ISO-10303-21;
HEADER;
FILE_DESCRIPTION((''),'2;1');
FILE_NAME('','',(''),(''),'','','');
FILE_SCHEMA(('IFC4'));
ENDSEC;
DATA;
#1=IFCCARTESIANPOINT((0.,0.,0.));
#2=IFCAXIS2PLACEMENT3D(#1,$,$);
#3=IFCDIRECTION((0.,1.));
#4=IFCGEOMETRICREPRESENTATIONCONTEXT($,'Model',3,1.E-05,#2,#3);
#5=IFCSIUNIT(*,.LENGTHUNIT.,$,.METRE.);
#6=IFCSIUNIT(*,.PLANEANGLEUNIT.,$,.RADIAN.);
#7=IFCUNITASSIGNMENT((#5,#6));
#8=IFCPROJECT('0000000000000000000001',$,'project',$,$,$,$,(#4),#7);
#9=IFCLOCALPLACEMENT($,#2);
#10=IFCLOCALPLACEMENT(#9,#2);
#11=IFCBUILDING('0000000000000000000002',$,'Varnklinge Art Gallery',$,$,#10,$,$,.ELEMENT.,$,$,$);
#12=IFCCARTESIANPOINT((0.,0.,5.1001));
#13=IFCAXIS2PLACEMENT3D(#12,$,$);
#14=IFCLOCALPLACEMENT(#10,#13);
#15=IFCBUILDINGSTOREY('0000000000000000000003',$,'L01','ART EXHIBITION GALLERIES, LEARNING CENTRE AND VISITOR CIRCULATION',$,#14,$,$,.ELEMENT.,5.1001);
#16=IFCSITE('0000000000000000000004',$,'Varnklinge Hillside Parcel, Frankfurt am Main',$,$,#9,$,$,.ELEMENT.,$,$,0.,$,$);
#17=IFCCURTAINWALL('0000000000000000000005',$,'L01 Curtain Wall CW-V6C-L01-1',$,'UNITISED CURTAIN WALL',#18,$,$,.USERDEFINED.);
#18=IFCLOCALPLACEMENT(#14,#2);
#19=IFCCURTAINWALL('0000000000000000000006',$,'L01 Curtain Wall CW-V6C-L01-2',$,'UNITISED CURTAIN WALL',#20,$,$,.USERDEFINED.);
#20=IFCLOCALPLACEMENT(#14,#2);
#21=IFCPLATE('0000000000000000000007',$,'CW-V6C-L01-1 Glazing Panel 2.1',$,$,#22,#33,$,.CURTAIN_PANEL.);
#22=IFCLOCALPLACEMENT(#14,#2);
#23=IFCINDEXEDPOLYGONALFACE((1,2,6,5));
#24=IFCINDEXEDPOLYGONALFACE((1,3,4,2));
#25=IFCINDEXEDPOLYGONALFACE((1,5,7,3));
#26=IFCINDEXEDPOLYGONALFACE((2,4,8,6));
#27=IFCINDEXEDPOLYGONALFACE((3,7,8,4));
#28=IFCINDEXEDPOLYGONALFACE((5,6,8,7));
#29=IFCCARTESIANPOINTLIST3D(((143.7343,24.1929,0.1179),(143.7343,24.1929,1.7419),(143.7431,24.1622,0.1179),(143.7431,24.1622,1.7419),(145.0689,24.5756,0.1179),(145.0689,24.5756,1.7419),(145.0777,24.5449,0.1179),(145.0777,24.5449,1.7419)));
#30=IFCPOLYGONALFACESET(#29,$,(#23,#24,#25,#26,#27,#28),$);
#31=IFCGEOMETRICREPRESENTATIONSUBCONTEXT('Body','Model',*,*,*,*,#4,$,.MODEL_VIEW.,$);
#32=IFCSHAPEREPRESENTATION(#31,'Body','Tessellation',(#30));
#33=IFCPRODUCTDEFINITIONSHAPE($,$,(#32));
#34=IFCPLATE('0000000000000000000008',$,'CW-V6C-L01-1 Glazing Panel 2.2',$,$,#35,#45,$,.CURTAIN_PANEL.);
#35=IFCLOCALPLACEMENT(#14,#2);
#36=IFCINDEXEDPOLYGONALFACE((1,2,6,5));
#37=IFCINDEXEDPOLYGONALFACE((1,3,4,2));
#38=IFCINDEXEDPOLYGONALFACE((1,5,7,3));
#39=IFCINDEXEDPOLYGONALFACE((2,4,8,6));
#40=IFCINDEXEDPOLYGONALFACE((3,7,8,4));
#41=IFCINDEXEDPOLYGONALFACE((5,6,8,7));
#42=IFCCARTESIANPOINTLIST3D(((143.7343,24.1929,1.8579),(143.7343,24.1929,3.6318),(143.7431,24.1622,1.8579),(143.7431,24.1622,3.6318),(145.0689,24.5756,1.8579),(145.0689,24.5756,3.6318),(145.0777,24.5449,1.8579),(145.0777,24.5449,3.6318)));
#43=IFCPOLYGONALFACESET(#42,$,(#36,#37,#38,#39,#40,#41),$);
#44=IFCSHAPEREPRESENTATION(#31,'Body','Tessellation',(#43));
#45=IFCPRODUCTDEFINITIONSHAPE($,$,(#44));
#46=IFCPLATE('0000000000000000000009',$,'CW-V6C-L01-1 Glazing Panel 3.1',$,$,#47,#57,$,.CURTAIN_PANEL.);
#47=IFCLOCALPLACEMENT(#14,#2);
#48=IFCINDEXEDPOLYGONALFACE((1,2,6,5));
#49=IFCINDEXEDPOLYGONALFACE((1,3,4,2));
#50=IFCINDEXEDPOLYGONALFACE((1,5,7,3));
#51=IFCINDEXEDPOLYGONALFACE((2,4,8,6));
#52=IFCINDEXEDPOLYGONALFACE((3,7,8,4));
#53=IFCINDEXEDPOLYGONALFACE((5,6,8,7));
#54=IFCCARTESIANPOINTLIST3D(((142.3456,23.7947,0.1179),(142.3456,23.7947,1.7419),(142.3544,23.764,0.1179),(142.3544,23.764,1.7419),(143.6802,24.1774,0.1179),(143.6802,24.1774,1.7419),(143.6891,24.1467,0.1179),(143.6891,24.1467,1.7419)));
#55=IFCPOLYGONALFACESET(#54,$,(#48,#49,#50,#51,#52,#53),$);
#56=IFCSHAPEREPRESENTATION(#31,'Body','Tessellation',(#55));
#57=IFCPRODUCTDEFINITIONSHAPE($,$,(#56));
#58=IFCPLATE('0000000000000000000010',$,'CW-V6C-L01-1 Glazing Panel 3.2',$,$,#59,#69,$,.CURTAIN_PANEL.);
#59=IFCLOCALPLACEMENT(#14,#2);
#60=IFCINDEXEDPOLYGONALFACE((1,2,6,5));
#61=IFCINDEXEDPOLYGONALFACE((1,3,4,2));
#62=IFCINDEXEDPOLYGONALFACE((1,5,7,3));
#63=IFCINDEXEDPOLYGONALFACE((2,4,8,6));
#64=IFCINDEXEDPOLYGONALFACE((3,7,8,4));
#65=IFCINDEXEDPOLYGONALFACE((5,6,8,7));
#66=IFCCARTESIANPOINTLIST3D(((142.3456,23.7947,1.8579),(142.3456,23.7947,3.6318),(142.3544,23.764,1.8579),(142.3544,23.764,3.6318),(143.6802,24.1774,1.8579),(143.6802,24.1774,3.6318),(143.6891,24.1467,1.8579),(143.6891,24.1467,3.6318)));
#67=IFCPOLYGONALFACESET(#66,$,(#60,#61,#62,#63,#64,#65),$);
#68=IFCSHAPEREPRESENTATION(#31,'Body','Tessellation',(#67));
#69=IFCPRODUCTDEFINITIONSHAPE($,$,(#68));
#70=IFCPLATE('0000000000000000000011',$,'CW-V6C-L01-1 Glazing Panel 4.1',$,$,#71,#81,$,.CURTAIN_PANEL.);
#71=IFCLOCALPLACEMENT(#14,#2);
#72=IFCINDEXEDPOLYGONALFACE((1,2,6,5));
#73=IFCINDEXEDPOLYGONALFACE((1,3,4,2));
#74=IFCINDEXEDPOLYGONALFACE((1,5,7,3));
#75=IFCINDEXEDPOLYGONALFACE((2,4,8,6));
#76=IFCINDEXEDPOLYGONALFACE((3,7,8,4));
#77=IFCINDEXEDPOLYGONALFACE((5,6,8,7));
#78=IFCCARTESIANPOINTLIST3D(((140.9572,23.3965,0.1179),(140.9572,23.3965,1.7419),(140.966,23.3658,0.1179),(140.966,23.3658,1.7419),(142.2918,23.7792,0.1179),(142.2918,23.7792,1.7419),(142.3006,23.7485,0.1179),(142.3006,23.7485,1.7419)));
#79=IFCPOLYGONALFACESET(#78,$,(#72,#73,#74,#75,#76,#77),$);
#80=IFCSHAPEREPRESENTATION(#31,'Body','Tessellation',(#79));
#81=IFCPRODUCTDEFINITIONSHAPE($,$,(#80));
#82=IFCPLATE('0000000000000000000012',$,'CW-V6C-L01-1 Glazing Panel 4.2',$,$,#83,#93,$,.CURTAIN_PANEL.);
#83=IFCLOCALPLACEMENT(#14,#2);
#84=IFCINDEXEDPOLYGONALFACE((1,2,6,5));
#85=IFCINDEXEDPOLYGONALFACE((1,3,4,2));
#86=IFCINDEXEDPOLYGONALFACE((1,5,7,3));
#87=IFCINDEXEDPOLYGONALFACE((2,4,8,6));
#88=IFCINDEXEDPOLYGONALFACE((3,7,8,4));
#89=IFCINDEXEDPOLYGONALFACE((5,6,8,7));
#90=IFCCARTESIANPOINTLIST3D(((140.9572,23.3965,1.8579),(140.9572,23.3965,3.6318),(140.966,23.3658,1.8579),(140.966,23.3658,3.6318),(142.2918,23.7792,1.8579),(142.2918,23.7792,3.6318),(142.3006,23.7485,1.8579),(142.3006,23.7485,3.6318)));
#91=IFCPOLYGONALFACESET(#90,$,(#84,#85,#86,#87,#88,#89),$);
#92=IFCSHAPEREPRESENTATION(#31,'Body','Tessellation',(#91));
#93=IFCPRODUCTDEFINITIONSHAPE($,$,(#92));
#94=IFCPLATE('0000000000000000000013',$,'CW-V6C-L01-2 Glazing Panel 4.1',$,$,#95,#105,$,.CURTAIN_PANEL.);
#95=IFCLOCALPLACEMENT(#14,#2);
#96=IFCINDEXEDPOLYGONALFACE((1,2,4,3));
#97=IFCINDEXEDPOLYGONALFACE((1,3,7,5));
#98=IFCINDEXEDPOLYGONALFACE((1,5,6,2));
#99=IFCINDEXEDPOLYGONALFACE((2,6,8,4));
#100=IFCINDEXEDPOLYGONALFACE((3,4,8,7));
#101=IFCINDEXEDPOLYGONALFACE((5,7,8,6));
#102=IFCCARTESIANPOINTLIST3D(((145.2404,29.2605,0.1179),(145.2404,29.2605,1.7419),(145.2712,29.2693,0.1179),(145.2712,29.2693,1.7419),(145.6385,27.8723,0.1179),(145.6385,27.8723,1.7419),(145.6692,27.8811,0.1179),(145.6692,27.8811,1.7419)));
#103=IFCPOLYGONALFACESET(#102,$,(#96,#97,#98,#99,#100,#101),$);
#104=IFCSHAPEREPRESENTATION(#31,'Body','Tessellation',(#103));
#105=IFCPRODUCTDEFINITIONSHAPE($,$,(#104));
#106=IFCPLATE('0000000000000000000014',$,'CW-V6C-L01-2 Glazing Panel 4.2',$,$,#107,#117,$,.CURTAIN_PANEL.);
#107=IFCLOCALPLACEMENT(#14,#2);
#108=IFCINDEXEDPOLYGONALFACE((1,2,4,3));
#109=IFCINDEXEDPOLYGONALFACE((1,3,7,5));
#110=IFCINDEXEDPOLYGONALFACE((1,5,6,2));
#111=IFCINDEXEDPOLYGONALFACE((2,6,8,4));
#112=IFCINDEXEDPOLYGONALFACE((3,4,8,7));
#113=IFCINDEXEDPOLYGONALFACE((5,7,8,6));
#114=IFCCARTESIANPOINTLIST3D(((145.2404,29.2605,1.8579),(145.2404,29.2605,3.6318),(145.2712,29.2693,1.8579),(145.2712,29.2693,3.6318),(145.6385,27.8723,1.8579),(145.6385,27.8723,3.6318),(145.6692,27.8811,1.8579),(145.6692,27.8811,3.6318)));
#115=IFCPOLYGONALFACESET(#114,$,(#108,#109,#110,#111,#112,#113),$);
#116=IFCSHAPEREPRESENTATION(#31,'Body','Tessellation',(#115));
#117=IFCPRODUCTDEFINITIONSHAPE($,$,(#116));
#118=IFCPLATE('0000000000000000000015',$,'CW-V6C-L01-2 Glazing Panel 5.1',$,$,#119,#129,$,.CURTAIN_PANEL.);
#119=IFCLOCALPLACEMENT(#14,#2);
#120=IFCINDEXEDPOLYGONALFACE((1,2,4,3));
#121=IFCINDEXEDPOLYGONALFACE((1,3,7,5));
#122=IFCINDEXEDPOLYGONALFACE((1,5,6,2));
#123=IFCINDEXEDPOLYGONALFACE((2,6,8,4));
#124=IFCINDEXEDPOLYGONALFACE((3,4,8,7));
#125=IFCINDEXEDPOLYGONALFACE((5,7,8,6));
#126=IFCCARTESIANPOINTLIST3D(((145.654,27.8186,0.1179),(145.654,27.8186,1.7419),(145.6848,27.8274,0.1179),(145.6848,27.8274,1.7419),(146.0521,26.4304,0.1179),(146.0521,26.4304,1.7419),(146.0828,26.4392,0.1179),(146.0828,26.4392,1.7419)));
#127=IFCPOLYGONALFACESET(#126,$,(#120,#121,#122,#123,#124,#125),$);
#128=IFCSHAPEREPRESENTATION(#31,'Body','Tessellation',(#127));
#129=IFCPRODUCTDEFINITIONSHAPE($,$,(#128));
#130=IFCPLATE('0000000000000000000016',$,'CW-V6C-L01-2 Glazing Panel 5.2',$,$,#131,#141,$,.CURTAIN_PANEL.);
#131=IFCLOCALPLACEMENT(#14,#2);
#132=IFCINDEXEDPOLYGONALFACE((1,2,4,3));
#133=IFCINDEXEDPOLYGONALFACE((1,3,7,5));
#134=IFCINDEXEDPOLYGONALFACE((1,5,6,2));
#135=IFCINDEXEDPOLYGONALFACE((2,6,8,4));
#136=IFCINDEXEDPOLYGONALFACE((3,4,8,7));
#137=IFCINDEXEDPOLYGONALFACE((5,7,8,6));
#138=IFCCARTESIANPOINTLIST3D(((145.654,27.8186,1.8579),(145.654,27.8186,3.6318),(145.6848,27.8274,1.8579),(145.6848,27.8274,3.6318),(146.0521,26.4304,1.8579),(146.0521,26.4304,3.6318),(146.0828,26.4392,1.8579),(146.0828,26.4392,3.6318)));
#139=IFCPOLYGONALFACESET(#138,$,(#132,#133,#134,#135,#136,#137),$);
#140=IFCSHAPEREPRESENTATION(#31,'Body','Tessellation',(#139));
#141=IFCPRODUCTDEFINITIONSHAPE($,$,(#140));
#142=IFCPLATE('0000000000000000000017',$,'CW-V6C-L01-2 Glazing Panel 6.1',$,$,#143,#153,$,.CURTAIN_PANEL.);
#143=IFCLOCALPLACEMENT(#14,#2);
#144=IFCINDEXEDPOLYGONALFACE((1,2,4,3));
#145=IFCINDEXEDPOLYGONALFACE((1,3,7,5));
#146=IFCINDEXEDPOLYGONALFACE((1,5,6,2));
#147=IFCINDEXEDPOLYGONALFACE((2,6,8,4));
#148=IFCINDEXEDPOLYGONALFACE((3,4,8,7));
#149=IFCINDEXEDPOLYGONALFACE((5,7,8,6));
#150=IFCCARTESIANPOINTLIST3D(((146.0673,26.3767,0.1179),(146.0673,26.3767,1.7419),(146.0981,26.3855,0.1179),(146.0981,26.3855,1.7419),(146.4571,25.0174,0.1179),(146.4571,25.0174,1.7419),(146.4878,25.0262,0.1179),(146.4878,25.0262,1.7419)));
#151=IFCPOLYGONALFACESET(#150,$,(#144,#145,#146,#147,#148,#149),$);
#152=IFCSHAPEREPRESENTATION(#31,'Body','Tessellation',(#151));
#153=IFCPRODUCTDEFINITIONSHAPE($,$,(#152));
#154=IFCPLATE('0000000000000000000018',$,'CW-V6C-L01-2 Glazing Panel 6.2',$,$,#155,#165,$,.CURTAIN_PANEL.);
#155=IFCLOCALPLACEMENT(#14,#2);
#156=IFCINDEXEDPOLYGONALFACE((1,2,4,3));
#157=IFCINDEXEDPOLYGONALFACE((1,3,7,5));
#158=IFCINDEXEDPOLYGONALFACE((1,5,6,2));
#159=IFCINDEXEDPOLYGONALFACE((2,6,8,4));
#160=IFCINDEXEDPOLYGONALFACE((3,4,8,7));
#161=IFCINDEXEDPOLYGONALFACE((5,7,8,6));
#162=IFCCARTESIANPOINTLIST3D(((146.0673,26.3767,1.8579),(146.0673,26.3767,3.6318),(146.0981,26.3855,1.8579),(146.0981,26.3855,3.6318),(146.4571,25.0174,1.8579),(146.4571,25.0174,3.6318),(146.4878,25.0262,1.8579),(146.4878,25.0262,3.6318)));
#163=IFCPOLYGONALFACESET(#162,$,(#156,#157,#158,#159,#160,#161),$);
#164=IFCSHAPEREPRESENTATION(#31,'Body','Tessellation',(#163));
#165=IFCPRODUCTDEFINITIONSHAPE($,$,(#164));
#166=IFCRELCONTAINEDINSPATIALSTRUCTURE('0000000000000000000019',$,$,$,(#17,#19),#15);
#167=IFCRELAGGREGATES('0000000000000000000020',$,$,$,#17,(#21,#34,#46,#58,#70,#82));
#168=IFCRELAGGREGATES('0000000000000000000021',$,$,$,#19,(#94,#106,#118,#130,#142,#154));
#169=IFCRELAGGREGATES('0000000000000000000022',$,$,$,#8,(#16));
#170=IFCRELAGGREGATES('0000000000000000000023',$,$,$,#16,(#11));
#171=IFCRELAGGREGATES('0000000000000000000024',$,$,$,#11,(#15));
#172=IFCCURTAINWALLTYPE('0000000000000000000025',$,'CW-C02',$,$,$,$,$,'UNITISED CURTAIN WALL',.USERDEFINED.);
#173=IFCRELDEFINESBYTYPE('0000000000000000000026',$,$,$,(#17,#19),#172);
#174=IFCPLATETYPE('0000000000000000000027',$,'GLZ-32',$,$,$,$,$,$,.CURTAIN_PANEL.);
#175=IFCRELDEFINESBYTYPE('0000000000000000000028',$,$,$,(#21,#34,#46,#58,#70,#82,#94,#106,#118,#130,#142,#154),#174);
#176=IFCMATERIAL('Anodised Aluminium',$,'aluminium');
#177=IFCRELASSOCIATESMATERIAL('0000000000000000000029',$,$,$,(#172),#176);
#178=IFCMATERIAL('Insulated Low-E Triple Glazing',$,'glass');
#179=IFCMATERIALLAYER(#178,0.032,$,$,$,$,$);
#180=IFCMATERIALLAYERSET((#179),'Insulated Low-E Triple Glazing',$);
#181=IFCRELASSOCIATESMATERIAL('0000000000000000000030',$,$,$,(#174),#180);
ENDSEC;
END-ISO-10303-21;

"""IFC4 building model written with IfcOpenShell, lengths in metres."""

from ifc_helpers import new_model, si_unit, direction, frame, origin, origin_2d, place, context, subcontext, project, spatial, rectangle, extrude, material, layer, layer_set, type_object, element, aggregate, save


model = new_model("IFC4")

# Units and contexts
model_context = context("Model", 3, precision=1e-05, world=origin(), true_north=direction((0.0, 1.0)))
body_context = subcontext(model_context, "Body", "Model", "MODEL_VIEW")
ifc_project = project(units=[si_unit("LENGTHUNIT", "METRE"), si_unit("PLANEANGLEUNIT", "RADIAN")], contexts=[model_context])

# Site, building, storey
site_placement = place(None, origin())
site = spatial("IfcSite", under=ifc_project, at=site_placement, Name="Varnklinge Hillside Parcel, Frankfurt am Main", CompositionType="ELEMENT", RefElevation=0.0)
building_placement = place(site_placement, origin())
building = spatial("IfcBuilding", under=site, at=building_placement, Name="Varnklinge Art Gallery", CompositionType="ELEMENT")
storey_placement = place(building_placement, frame((0.0, 0.0, 5.1001)))
storey = spatial("IfcBuildingStorey", under=building, at=storey_placement, Name="L01", Description="ART EXHIBITION GALLERIES, LEARNING CENTRE AND VISITOR CIRCULATION", CompositionType="ELEMENT", Elevation=5.1001)

# Curtain walls
ifc_material_1 = material(Name="Anodised Aluminium", Category="aluminium")
curtain_wall_type = type_object("IfcCurtainWallType", Name="CW-C02", ElementType="UNITISED CURTAIN WALL", PredefinedType="USERDEFINED", material=ifc_material_1)
curtain_wall_1_placement = place(storey_placement, origin())
curtain_wall_1 = element("IfcCurtainWall", 1, at=curtain_wall_1_placement, inside=storey, type_object=curtain_wall_type, Name="L01 Curtain Wall CW-V6C-L01-1", ObjectType="UNITISED CURTAIN WALL", PredefinedType="USERDEFINED")
curtain_wall_2_placement = place(storey_placement, origin())
curtain_wall_2 = element("IfcCurtainWall", 2, at=curtain_wall_2_placement, inside=storey, type_object=curtain_wall_type, Name="L01 Curtain Wall CW-V6C-L01-2", ObjectType="UNITISED CURTAIN WALL", PredefinedType="USERDEFINED")

# Plates
ifc_material_2 = material(Name="Insulated Low-E Triple Glazing", Category="glass")
ifc_layer = layer(ifc_material_2, 0.032)
ifc_layer_set = layer_set([ifc_layer], Name="Insulated Low-E Triple Glazing")
plate_type = type_object("IfcPlateType", Name="GLZ-32", PredefinedType="CURTAIN_PANEL", material=ifc_layer_set)
plate_1_placement = place(storey_placement, frame((144.406, 24.3689, 0.1179), z_axis=(0.0, 0.0, 1.0), x_axis=(-0.961262, -0.275637, 0.0)))
plate_1 = element("IfcPlate", 3, at=plate_1_placement, type_object=plate_type, Name="CW-V6C-L01-1 Glazing Panel 2.1", PredefinedType="CURTAIN_PANEL", context=body_context, shape_type="SweptSolid", body=[
    extrude(rectangle(XDim=1.3884, YDim=0.032, at=origin_2d()), origin(), (0.0, 0.0, 1.0), 1.624),
])
plate_2_placement = place(storey_placement, frame((144.406, 24.3689, 1.8579), z_axis=(0.0, 0.0, 1.0), x_axis=(-0.961262, -0.275637, 0.0)))
plate_2 = element("IfcPlate", 4, at=plate_2_placement, type_object=plate_type, Name="CW-V6C-L01-1 Glazing Panel 2.2", PredefinedType="CURTAIN_PANEL", context=body_context, shape_type="SweptSolid", body=[
    extrude(rectangle(XDim=1.3884, YDim=0.032, at=origin_2d()), origin(), (0.0, 0.0, 1.0), 1.7739),
])
plate_3_placement = place(storey_placement, frame((143.0173, 23.9707, 0.1179), z_axis=(0.0, 0.0, 1.0), x_axis=(-0.961262, -0.275637, 0.0)))
plate_3 = element("IfcPlate", 5, at=plate_3_placement, type_object=plate_type, Name="CW-V6C-L01-1 Glazing Panel 3.1", PredefinedType="CURTAIN_PANEL", context=body_context, shape_type="SweptSolid", body=[
    extrude(rectangle(XDim=1.3884, YDim=0.032, at=origin_2d()), origin(), (0.0, 0.0, 1.0), 1.624),
])
plate_4_placement = place(storey_placement, frame((143.0173, 23.9707, 1.8579), z_axis=(0.0, 0.0, 1.0), x_axis=(-0.961262, -0.275637, 0.0)))
plate_4 = element("IfcPlate", 6, at=plate_4_placement, type_object=plate_type, Name="CW-V6C-L01-1 Glazing Panel 3.2", PredefinedType="CURTAIN_PANEL", context=body_context, shape_type="SweptSolid", body=[
    extrude(rectangle(XDim=1.3884, YDim=0.032, at=origin_2d()), origin(), (0.0, 0.0, 1.0), 1.7739),
])
plate_5_placement = place(storey_placement, frame((141.6289, 23.5725, 0.1179), z_axis=(0.0, 0.0, 1.0), x_axis=(-0.961262, -0.275637, 0.0)))
plate_5 = element("IfcPlate", 7, at=plate_5_placement, type_object=plate_type, Name="CW-V6C-L01-1 Glazing Panel 4.1", PredefinedType="CURTAIN_PANEL", context=body_context, shape_type="SweptSolid", body=[
    extrude(rectangle(XDim=1.3884, YDim=0.032, at=origin_2d()), origin(), (0.0, 0.0, 1.0), 1.624),
])
plate_6_placement = place(storey_placement, frame((141.6289, 23.5725, 1.8579), z_axis=(0.0, 0.0, 1.0), x_axis=(-0.961262, -0.275637, 0.0)))
plate_6 = element("IfcPlate", 8, at=plate_6_placement, type_object=plate_type, Name="CW-V6C-L01-1 Glazing Panel 4.2", PredefinedType="CURTAIN_PANEL", context=body_context, shape_type="SweptSolid", body=[
    extrude(rectangle(XDim=1.3884, YDim=0.032, at=origin_2d()), origin(), (0.0, 0.0, 1.0), 1.7739),
])
aggregate(curtain_wall_1, [plate_1, plate_2, plate_3, plate_4, plate_5, plate_6])
plate_7_placement = place(storey_placement, frame((145.4548, 28.5708, 0.1179), z_axis=(0.0, 0.0, 1.0), x_axis=(0.275637, -0.961262, 0.0)))
plate_7 = element("IfcPlate", 9, at=plate_7_placement, type_object=plate_type, Name="CW-V6C-L01-2 Glazing Panel 4.1", PredefinedType="CURTAIN_PANEL", context=body_context, shape_type="SweptSolid", body=[
    extrude(rectangle(XDim=1.4441, YDim=0.032, at=origin_2d()), origin(), (0.0, 0.0, 1.0), 1.624),
])
plate_8_placement = place(storey_placement, frame((145.4548, 28.5708, 1.8579), z_axis=(0.0, 0.0, 1.0), x_axis=(0.275637, -0.961262, 0.0)))
plate_8 = element("IfcPlate", 10, at=plate_8_placement, type_object=plate_type, Name="CW-V6C-L01-2 Glazing Panel 4.2", PredefinedType="CURTAIN_PANEL", context=body_context, shape_type="SweptSolid", body=[
    extrude(rectangle(XDim=1.4441, YDim=0.032, at=origin_2d()), origin(), (0.0, 0.0, 1.0), 1.7739),
])
plate_9_placement = place(storey_placement, frame((145.8684, 27.1289, 0.1179), z_axis=(0.0, 0.0, 1.0), x_axis=(0.275637, -0.961262, 0.0)))
plate_9 = element("IfcPlate", 11, at=plate_9_placement, type_object=plate_type, Name="CW-V6C-L01-2 Glazing Panel 5.1", PredefinedType="CURTAIN_PANEL", context=body_context, shape_type="SweptSolid", body=[
    extrude(rectangle(XDim=1.4441, YDim=0.032, at=origin_2d()), origin(), (0.0, 0.0, 1.0), 1.624),
])
plate_10_placement = place(storey_placement, frame((145.8684, 27.1289, 1.8579), z_axis=(0.0, 0.0, 1.0), x_axis=(0.275637, -0.961262, 0.0)))
plate_10 = element("IfcPlate", 12, at=plate_10_placement, type_object=plate_type, Name="CW-V6C-L01-2 Glazing Panel 5.2", PredefinedType="CURTAIN_PANEL", context=body_context, shape_type="SweptSolid", body=[
    extrude(rectangle(XDim=1.4441, YDim=0.032, at=origin_2d()), origin(), (0.0, 0.0, 1.0), 1.7739),
])
plate_11_placement = place(storey_placement, frame((146.2776, 25.7014, 0.1179), z_axis=(0.0, 0.0, 1.0), x_axis=(0.275637, -0.961262, 0.0)))
plate_11 = element("IfcPlate", 13, at=plate_11_placement, type_object=plate_type, Name="CW-V6C-L01-2 Glazing Panel 6.1", PredefinedType="CURTAIN_PANEL", context=body_context, shape_type="SweptSolid", body=[
    extrude(rectangle(XDim=1.4141, YDim=0.032, at=origin_2d()), origin(), (0.0, 0.0, 1.0), 1.624),
])
plate_12_placement = place(storey_placement, frame((146.2776, 25.7014, 1.8579), z_axis=(0.0, 0.0, 1.0), x_axis=(0.275637, -0.961262, 0.0)))
plate_12 = element("IfcPlate", 14, at=plate_12_placement, type_object=plate_type, Name="CW-V6C-L01-2 Glazing Panel 6.2", PredefinedType="CURTAIN_PANEL", context=body_context, shape_type="SweptSolid", body=[
    extrude(rectangle(XDim=1.4141, YDim=0.032, at=origin_2d()), origin(), (0.0, 0.0, 1.0), 1.7739),
])
aggregate(curtain_wall_2, [plate_7, plate_8, plate_9, plate_10, plate_11, plate_12])

save(model, "model.ifc")
